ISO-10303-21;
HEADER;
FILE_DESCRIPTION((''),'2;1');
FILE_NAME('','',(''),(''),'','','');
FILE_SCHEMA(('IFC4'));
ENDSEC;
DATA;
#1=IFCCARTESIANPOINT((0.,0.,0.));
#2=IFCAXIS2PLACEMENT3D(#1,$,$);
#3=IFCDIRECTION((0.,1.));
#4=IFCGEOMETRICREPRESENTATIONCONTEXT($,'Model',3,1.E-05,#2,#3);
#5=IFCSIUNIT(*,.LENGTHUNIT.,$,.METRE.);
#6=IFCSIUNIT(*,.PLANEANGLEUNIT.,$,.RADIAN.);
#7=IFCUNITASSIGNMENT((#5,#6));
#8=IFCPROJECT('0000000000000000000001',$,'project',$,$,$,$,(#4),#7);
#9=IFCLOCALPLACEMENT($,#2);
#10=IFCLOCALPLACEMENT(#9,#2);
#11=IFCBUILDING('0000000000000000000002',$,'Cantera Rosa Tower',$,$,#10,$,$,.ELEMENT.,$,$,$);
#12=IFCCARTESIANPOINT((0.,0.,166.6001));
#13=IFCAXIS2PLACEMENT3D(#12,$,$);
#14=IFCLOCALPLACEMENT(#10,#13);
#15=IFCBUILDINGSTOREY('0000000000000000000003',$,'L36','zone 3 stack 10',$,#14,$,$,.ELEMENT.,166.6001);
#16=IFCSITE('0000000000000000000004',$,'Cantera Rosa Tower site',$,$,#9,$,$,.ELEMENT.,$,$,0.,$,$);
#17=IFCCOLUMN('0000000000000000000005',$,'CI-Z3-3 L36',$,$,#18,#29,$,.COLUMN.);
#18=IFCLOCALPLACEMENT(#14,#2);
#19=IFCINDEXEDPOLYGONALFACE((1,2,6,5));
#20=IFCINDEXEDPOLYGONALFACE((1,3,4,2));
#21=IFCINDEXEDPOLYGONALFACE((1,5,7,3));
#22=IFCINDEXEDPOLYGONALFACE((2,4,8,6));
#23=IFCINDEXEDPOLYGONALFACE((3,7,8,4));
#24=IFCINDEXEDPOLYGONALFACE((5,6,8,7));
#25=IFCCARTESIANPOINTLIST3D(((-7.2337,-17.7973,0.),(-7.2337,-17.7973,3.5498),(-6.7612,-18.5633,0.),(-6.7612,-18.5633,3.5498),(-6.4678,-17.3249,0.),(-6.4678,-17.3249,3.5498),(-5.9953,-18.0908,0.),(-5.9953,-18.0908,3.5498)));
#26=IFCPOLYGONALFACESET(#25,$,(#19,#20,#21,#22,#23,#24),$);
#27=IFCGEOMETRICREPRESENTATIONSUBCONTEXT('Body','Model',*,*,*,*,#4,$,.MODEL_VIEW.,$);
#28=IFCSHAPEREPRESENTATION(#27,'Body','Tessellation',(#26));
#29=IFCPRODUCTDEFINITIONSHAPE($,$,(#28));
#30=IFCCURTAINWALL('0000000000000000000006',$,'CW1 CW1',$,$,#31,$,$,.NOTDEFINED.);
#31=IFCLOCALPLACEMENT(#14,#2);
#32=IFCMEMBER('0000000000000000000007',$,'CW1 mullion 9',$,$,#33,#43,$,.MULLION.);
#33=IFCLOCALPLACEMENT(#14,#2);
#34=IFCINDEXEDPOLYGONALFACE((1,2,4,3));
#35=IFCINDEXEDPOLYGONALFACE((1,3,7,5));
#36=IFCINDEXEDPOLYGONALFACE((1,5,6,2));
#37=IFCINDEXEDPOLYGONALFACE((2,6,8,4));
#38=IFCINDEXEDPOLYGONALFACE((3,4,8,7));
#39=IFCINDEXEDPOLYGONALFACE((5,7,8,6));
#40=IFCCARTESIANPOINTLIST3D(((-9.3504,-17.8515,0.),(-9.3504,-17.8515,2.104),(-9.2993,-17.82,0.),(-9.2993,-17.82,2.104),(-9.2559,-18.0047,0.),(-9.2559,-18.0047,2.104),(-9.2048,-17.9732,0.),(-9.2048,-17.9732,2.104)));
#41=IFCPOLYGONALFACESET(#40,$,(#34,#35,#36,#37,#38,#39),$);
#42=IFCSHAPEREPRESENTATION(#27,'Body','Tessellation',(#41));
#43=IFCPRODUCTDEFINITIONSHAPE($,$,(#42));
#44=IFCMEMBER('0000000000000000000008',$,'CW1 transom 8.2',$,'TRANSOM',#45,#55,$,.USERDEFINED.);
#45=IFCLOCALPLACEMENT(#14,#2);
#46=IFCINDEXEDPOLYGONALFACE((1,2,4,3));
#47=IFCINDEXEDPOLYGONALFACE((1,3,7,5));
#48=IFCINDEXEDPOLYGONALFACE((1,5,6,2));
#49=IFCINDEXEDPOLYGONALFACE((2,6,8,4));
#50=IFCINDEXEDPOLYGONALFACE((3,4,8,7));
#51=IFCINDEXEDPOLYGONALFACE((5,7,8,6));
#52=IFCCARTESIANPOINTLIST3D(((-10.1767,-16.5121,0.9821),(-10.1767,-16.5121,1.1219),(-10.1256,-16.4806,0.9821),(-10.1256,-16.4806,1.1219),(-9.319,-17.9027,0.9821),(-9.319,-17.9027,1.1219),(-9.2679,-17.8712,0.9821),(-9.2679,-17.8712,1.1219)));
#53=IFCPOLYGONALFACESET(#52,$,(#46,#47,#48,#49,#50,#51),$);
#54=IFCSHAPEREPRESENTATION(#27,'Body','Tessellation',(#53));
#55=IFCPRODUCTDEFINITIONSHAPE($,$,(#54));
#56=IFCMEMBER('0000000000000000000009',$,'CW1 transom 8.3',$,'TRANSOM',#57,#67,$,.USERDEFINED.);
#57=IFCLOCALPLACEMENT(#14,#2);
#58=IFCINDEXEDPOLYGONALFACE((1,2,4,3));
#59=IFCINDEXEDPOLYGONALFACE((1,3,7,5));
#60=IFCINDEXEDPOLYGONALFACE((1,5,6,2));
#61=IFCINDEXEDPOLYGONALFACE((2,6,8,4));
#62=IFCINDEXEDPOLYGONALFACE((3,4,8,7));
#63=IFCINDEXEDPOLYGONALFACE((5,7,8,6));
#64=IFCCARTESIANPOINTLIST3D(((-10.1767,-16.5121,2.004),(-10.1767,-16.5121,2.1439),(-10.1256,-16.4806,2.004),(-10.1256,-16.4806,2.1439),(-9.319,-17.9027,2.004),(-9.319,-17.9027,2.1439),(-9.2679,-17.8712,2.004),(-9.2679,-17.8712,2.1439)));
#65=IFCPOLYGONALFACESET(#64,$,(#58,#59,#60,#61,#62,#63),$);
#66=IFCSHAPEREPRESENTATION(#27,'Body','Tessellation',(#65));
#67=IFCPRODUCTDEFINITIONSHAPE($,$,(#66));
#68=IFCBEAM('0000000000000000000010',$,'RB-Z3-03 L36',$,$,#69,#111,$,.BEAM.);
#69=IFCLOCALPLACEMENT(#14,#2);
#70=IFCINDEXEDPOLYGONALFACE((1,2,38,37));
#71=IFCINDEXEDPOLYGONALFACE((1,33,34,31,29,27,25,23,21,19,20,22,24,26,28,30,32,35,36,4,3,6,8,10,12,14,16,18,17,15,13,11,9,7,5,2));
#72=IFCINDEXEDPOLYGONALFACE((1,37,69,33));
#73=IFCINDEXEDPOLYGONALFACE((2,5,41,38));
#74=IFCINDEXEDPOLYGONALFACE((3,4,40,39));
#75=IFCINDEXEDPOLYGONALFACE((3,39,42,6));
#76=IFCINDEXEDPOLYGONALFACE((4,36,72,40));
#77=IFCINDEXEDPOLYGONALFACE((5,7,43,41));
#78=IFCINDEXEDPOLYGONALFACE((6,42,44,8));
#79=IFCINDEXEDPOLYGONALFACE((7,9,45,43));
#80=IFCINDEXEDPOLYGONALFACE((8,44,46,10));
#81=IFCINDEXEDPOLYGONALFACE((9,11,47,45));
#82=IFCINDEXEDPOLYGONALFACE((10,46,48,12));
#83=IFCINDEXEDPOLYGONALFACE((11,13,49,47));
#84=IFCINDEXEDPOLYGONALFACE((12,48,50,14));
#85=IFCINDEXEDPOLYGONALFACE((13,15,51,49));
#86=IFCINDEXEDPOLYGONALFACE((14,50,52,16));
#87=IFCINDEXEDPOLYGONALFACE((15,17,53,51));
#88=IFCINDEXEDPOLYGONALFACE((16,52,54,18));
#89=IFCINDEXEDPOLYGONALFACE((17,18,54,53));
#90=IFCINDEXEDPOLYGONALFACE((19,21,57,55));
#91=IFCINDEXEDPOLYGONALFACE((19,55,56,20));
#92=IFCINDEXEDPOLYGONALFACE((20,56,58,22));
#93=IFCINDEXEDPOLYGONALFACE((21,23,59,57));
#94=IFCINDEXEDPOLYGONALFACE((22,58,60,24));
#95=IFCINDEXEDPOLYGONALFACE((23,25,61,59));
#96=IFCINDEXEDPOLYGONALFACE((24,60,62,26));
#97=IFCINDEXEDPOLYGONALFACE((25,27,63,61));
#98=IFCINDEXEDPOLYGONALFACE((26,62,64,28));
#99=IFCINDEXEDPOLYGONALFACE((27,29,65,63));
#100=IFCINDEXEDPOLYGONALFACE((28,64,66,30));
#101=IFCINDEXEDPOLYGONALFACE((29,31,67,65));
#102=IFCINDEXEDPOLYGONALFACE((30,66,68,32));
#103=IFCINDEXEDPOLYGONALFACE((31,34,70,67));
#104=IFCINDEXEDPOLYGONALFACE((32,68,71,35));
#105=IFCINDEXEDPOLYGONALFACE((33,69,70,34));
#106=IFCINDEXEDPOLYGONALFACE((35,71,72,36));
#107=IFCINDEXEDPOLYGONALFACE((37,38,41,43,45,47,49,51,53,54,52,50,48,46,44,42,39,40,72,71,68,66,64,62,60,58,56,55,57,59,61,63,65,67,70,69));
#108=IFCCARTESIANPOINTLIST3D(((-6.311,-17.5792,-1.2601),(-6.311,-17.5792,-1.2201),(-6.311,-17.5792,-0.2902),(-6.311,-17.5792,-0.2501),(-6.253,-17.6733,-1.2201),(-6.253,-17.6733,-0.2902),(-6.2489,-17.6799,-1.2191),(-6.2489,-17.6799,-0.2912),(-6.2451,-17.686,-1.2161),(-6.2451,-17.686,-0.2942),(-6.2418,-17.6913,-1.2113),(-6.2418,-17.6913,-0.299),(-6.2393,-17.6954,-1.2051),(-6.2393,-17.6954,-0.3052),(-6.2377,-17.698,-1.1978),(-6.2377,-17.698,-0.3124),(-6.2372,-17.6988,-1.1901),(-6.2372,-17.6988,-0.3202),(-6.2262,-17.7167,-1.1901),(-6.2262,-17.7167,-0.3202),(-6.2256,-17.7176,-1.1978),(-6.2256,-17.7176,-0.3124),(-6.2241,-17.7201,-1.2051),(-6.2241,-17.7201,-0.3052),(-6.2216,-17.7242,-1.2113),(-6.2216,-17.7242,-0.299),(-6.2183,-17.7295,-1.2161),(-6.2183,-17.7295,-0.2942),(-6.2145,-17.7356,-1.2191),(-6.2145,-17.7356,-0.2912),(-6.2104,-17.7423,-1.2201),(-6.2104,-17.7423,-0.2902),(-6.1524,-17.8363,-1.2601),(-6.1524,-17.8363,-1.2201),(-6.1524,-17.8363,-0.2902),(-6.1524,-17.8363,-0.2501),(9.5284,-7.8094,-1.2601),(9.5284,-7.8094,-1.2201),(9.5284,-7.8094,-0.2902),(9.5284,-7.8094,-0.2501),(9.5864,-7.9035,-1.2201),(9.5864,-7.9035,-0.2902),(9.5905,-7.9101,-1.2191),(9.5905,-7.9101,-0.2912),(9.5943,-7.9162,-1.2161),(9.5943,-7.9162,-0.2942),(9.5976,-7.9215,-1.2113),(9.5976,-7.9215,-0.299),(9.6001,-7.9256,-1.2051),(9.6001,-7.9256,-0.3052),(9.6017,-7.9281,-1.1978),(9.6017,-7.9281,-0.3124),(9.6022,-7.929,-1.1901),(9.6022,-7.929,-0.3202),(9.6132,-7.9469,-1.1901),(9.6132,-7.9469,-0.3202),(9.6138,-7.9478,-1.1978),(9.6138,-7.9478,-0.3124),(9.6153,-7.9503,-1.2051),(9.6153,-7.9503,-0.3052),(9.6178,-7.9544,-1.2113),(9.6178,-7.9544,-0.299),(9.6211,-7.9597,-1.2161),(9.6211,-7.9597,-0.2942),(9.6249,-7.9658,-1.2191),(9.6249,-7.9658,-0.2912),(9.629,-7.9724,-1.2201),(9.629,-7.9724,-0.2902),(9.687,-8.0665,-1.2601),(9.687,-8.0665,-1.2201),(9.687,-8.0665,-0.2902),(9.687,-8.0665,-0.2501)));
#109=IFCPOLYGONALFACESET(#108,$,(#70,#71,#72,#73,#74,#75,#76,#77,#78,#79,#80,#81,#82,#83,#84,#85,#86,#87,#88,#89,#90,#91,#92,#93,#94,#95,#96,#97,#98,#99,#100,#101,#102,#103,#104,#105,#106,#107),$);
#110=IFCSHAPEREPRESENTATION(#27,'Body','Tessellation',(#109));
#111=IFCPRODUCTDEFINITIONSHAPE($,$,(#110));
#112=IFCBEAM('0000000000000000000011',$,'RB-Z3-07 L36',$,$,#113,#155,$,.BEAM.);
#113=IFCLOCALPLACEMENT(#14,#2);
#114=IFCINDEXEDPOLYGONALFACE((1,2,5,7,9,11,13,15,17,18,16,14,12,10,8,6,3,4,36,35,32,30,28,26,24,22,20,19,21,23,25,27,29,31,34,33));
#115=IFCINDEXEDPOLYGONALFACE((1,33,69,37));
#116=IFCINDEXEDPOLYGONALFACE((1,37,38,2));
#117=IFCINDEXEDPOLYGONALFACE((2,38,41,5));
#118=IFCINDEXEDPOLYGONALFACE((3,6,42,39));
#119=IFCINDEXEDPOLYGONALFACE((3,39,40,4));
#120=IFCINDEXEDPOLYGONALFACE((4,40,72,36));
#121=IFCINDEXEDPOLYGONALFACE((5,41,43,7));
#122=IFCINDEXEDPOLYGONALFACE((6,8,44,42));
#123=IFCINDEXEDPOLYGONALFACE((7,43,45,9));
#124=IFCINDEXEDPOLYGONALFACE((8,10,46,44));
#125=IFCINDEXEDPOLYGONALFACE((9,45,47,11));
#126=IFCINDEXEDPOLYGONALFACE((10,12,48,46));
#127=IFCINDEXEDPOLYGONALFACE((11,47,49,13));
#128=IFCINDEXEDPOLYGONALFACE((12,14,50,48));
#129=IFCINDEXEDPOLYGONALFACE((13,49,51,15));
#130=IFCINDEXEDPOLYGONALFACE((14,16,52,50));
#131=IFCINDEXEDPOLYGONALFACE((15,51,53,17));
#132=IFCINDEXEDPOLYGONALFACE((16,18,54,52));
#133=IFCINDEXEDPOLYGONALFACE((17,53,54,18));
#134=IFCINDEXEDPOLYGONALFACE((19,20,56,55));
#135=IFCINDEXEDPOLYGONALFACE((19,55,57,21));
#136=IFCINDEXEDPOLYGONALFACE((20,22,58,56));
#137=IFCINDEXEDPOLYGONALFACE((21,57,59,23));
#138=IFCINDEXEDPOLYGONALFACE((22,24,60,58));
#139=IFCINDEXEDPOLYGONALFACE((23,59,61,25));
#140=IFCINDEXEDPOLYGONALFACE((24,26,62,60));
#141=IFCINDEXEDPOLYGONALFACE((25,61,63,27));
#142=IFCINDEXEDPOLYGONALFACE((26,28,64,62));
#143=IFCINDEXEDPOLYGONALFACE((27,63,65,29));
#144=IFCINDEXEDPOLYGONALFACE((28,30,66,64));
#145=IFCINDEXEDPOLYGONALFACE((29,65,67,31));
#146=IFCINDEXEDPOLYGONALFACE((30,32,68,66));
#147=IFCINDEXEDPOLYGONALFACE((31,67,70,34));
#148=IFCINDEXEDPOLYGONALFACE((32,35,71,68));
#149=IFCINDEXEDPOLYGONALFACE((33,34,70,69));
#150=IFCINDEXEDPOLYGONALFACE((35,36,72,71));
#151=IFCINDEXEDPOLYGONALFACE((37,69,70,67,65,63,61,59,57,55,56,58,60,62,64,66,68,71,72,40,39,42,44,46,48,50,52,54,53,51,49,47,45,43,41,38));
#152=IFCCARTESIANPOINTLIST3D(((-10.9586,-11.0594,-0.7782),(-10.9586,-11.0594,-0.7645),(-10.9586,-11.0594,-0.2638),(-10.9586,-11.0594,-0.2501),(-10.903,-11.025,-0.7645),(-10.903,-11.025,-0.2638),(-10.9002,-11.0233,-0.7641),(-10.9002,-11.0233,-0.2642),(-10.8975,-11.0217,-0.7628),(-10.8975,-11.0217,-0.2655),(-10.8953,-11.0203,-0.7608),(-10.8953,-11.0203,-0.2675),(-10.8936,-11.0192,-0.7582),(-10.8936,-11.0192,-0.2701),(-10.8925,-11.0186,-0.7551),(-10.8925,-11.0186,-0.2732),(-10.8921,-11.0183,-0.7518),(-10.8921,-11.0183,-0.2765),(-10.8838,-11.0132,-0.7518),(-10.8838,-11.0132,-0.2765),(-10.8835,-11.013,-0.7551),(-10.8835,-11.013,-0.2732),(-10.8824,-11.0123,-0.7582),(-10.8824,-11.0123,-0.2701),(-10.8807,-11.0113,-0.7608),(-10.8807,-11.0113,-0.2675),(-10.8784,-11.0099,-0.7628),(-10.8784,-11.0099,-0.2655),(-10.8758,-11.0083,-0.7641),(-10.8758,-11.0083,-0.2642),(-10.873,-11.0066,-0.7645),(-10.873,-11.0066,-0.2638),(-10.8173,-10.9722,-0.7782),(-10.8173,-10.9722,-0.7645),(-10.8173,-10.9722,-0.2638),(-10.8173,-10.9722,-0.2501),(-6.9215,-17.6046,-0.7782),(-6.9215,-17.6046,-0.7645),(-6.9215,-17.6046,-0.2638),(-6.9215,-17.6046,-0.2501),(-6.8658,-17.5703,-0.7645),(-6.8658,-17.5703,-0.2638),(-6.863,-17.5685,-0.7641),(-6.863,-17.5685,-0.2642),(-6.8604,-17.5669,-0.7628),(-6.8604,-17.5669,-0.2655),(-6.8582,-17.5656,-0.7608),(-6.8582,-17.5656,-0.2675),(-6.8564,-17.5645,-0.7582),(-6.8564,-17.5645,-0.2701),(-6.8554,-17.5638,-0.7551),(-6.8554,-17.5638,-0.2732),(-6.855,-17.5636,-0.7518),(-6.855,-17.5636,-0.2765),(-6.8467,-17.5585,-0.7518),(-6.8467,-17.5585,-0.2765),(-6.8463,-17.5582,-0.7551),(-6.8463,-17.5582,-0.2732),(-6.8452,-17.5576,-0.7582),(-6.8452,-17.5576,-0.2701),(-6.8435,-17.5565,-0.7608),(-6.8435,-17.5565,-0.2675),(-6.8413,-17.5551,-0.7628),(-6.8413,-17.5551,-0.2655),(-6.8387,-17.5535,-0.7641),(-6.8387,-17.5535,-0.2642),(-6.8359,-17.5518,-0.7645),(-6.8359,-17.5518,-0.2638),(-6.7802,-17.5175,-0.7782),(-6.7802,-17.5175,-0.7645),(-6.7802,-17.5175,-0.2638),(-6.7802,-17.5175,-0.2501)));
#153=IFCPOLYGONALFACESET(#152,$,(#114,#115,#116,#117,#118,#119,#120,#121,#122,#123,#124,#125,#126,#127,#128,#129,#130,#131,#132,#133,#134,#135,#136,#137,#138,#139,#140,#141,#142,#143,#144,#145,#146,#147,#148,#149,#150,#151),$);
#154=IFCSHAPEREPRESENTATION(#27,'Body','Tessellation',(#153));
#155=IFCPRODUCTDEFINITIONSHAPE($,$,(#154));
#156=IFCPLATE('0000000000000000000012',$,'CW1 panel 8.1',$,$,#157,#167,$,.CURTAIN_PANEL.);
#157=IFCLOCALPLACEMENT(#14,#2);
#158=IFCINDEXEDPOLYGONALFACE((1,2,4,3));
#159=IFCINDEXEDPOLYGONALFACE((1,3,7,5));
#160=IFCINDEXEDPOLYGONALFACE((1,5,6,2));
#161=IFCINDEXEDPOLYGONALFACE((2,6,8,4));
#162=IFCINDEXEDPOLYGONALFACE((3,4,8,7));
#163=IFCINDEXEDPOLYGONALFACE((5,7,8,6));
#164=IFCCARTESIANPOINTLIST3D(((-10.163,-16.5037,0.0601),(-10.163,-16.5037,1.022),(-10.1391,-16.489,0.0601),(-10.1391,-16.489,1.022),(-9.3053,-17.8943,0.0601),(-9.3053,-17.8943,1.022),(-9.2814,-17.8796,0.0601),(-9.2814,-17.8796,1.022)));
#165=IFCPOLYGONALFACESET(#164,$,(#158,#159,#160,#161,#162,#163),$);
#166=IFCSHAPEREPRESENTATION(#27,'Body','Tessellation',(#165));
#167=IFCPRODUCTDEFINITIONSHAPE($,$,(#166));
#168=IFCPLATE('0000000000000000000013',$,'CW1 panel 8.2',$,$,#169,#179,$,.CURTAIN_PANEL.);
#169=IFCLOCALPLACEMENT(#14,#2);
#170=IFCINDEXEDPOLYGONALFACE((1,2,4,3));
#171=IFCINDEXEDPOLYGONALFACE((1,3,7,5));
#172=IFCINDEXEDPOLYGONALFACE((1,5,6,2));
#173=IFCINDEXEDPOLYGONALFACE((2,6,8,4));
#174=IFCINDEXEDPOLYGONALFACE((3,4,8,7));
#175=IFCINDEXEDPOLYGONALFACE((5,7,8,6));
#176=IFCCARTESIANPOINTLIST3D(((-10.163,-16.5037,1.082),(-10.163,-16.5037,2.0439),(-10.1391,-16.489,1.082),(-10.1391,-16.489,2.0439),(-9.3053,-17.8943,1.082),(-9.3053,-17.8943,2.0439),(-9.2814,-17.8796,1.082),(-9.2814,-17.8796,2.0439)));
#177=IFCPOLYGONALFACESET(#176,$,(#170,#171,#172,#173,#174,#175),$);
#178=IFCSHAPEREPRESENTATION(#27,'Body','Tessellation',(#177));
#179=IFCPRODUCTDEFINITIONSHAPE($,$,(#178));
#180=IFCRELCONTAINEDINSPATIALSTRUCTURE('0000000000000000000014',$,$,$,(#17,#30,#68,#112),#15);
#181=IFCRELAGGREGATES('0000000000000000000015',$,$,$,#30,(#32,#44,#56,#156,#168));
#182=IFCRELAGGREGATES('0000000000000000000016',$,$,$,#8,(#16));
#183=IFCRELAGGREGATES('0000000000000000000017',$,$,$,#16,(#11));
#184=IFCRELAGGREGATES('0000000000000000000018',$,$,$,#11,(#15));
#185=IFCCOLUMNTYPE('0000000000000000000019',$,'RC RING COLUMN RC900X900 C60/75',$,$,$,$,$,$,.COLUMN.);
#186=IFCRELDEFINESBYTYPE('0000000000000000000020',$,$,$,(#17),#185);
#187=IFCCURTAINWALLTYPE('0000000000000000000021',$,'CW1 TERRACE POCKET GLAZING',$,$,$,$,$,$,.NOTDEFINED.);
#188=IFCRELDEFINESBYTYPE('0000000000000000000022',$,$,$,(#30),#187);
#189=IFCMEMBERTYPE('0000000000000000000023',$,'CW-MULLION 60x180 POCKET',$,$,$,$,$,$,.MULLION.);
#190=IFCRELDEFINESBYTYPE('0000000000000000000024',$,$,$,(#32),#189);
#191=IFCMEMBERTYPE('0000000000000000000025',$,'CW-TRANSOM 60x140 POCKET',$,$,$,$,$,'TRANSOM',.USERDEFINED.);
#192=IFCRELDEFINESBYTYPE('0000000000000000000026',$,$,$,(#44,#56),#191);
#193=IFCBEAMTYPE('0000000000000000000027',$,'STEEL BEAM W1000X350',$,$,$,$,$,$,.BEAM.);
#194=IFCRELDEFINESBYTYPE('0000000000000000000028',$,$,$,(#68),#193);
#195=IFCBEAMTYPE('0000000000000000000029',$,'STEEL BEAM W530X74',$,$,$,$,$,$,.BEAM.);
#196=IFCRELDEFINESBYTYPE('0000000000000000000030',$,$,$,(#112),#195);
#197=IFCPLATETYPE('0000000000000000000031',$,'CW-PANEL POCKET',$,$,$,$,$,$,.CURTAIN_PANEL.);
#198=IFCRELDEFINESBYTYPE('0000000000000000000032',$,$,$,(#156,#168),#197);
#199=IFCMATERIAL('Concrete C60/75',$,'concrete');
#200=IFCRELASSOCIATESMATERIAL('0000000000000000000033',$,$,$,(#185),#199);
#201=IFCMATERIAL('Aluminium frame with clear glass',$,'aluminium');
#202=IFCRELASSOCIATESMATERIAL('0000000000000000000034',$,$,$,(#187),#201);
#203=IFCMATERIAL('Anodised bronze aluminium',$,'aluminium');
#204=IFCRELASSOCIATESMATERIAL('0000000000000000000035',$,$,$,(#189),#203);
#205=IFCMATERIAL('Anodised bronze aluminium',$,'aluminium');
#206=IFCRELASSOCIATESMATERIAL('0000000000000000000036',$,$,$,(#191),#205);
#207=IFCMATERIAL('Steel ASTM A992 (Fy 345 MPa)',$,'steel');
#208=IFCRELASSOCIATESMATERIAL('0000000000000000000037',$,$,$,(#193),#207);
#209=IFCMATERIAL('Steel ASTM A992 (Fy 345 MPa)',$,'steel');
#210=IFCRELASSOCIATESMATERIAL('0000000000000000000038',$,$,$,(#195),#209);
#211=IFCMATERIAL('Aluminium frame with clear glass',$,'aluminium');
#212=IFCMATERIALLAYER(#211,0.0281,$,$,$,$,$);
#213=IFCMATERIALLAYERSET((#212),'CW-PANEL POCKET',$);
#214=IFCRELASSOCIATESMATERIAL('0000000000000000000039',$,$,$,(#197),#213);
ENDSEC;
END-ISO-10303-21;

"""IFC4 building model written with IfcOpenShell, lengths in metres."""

from ifc_helpers import new_model, si_unit, direction, frame, origin, origin_2d, place, context, subcontext, project, spatial, rectangle, i_section, extrude, material, layer, layer_set, material_profile, profile_set, type_object, element, aggregate, save


model = new_model("IFC4")

# Units and contexts
model_context = context("Model", 3, precision=1e-05, world=origin(), true_north=direction((0.0, 1.0)))
body_context = subcontext(model_context, "Body", "Model", "MODEL_VIEW")
ifc_project = project(units=[si_unit("LENGTHUNIT", "METRE"), si_unit("PLANEANGLEUNIT", "RADIAN")], contexts=[model_context])

# Site, building, storey
site_placement = place(None, origin())
site = spatial("IfcSite", under=ifc_project, at=site_placement, Name="Cantera Rosa Tower site", CompositionType="ELEMENT", RefElevation=0.0)
building_placement = place(site_placement, origin())
building = spatial("IfcBuilding", under=site, at=building_placement, Name="Cantera Rosa Tower", CompositionType="ELEMENT")
storey_placement = place(building_placement, frame((0.0, 0.0, 166.6001)))
storey = spatial("IfcBuildingStorey", under=building, at=storey_placement, Name="L36", Description="zone 3 stack 10", CompositionType="ELEMENT", Elevation=166.6001)

# Column
ifc_material_1 = material(Name="Concrete C60/75", Category="concrete")
ifc_material_profile_1 = material_profile(ifc_material_1, rectangle(XDim=0.8999, YDim=0.8999, at=origin_2d()), Name="RC RING COLUMN RC900X900 C60/75")
ifc_profile_set_1 = profile_set([ifc_material_profile_1], Name="Concrete C60/75")
column_type = type_object("IfcColumnType", Name="RC RING COLUMN RC900X900 C60/75", PredefinedType="COLUMN", material=ifc_profile_set_1)
column_placement = place(storey_placement, frame((-6.6145, -17.9441, 0.0), z_axis=(0.0, 0.0, 1.0), x_axis=(0.851117, 0.524977, 0.0)))
element("IfcColumn", 1, at=column_placement, inside=storey, type_object=column_type, Name="CI-Z3-3 L36", PredefinedType="COLUMN", context=body_context, shape_type="SweptSolid", body=[
    extrude(rectangle(XDim=0.8999, YDim=0.8999, at=origin_2d()), origin(), (0.0, 0.0, 1.0), 3.5498),
])

# Curtain wall, members
ifc_material_2 = material(Name="Aluminium frame with clear glass", Category="aluminium")
curtain_wall_type = type_object("IfcCurtainWallType", Name="CW1 TERRACE POCKET GLAZING", PredefinedType="NOTDEFINED", material=ifc_material_2)
curtain_wall_placement = place(storey_placement, origin())
curtain_wall = element("IfcCurtainWall", 2, at=curtain_wall_placement, inside=storey, type_object=curtain_wall_type, Name="CW1 CW1", PredefinedType="NOTDEFINED")
ifc_material_3 = material(Name="Anodised bronze aluminium", Category="aluminium")
ifc_material_profile_2 = material_profile(ifc_material_3, rectangle(XDim=0.0601, YDim=0.1799, at=origin_2d()), Name="CW-MULLION 60x180 POCKET")
ifc_profile_set_2 = profile_set([ifc_material_profile_2], Name="Anodised bronze aluminium")
member_type_1 = type_object("IfcMemberType", Name="CW-MULLION 60x180 POCKET", PredefinedType="MULLION", material=ifc_profile_set_2)
member_1_placement = place(storey_placement, frame((-9.2776, -17.9124, 0.0), z_axis=(0.0, 0.0, 1.0), x_axis=(0.851117, 0.524977, 0.0)))
member_1 = element("IfcMember", 3, at=member_1_placement, type_object=member_type_1, Name="CW1 mullion 9", PredefinedType="MULLION", context=body_context, shape_type="SweptSolid", body=[
    extrude(rectangle(XDim=0.0601, YDim=0.1799, at=origin_2d()), origin(), (0.0, 0.0, 1.0), 2.104),
])
ifc_material_4 = material(Name="Anodised bronze aluminium", Category="aluminium")
ifc_material_profile_3 = material_profile(ifc_material_4, rectangle(XDim=0.0601, YDim=0.1399, at=origin_2d()), Name="CW-TRANSOM 60x140 POCKET")
ifc_profile_set_3 = profile_set([ifc_material_profile_3], Name="Anodised bronze aluminium")
member_type_2 = type_object("IfcMemberType", Name="CW-TRANSOM 60x140 POCKET", ElementType="TRANSOM", PredefinedType="USERDEFINED", material=ifc_profile_set_3)
member_2_placement = place(storey_placement, frame((-10.1511, -16.4963, 1.052), z_axis=(0.524939, -0.85114, 0.0), x_axis=(0.85114, 0.524939, 0.0)))
member_2 = element("IfcMember", 4, at=member_2_placement, type_object=member_type_2, Name="CW1 transom 8.2", ObjectType="TRANSOM", PredefinedType="USERDEFINED", context=body_context, shape_type="SweptSolid", body=[
    extrude(rectangle(XDim=0.0601, YDim=0.1399, at=origin_2d()), origin(), (0.0, 0.0, 1.0), 1.6338),
])
member_3_placement = place(storey_placement, frame((-10.1511, -16.4963, 2.074), z_axis=(0.524939, -0.85114, 0.0), x_axis=(0.85114, 0.524939, 0.0)))
member_3 = element("IfcMember", 5, at=member_3_placement, type_object=member_type_2, Name="CW1 transom 8.3", ObjectType="TRANSOM", PredefinedType="USERDEFINED", context=body_context, shape_type="SweptSolid", body=[
    extrude(rectangle(XDim=0.0601, YDim=0.1399, at=origin_2d()), origin(), (0.0, 0.0, 1.0), 1.6338),
])

# Beams
ifc_material_5 = material(Name="Steel ASTM A992 (Fy 345 MPa)", Category="steel")
ifc_material_profile_4 = material_profile(ifc_material_5, i_section(OverallWidth=0.302, OverallDepth=1.01, WebThickness=0.021, FlangeThickness=0.04, FilletRadius=0.03, at=origin_2d()), Name="W1000X350")
ifc_profile_set_4 = profile_set([ifc_material_profile_4], Name="Steel ASTM A992 (Fy 345 MPa)")
beam_type_1 = type_object("IfcBeamType", Name="STEEL BEAM W1000X350", PredefinedType="BEAM", material=ifc_profile_set_4)
beam_1_placement = place(storey_placement, frame((-6.2317, -17.7078, -0.7551), z_axis=(0.851119, 0.524973, 0.0), x_axis=(-0.524973, 0.851119, 0.0)))
element("IfcBeam", 6, at=beam_1_placement, inside=storey, type_object=beam_type_1, Name="RB-Z3-03 L36", PredefinedType="BEAM", context=body_context, shape_type="SweptSolid", body=[
    extrude(i_section(OverallWidth=0.302, OverallDepth=1.01, WebThickness=0.021, FlangeThickness=0.04, FilletRadius=0.03, at=origin_2d()), origin(), (0.0, 0.0, 1.0), 18.6101),
])
ifc_material_6 = material(Name="Steel ASTM A992 (Fy 345 MPa)", Category="steel")
ifc_material_profile_5 = material_profile(ifc_material_6, i_section(OverallWidth=0.166, OverallDepth=0.5281, WebThickness=0.0098, FlangeThickness=0.0137, FilletRadius=0.0127, at=origin_2d()), Name="W530X74")
ifc_profile_set_5 = profile_set([ifc_material_profile_5], Name="Steel ASTM A992 (Fy 345 MPa)")
beam_type_2 = type_object("IfcBeamType", Name="STEEL BEAM W530X74", PredefinedType="BEAM", material=ifc_profile_set_5)
beam_2_placement = place(storey_placement, frame((-6.8508, -17.561, -0.5142), z_axis=(-0.524976, 0.851117, 0.0), x_axis=(-0.851117, -0.524976, 0.0)))
element("IfcBeam", 7, at=beam_2_placement, inside=storey, type_object=beam_type_2, Name="RB-Z3-07 L36", PredefinedType="BEAM", context=body_context, shape_type="SweptSolid", body=[
    extrude(i_section(OverallWidth=0.166, OverallDepth=0.5281, WebThickness=0.0098, FlangeThickness=0.0137, FilletRadius=0.0127, at=origin_2d()), origin(), (0.0, 0.0, 1.0), 7.6902),
])

# Plates
ifc_material_7 = material(Name="Aluminium frame with clear glass", Category="aluminium")
ifc_layer_1 = layer(ifc_material_7, 0.0281)
ifc_layer_set_1 = layer_set([ifc_layer_1], Name="CW-PANEL POCKET")
plate_type = type_object("IfcPlateType", Name="CW-PANEL POCKET", PredefinedType="CURTAIN_PANEL", material=ifc_layer_set_1)
plate_1_placement = place(storey_placement, frame((-9.7222, -17.1917, 0.0601), z_axis=(0.0, 0.0, 1.0), x_axis=(0.524977, -0.851117, 0.0)))
plate_1 = element("IfcPlate", 8, at=plate_1_placement, type_object=plate_type, Name="CW1 panel 8.1", PredefinedType="CURTAIN_PANEL", context=body_context, shape_type="SweptSolid", body=[
    extrude(rectangle(XDim=1.6338, YDim=0.0281, at=origin_2d()), origin(), (0.0, 0.0, 1.0), 0.9619),
])
plate_2_placement = place(storey_placement, frame((-9.7222, -17.1917, 1.082), z_axis=(0.0, 0.0, 1.0), x_axis=(0.524977, -0.851117, 0.0)))
plate_2 = element("IfcPlate", 9, at=plate_2_placement, type_object=plate_type, Name="CW1 panel 8.2", PredefinedType="CURTAIN_PANEL", context=body_context, shape_type="SweptSolid", body=[
    extrude(rectangle(XDim=1.6338, YDim=0.0281, at=origin_2d()), origin(), (0.0, 0.0, 1.0), 0.9619),
])
aggregate(curtain_wall, [member_1, member_2, member_3, plate_1, plate_2])

save(model, "model.ifc")
